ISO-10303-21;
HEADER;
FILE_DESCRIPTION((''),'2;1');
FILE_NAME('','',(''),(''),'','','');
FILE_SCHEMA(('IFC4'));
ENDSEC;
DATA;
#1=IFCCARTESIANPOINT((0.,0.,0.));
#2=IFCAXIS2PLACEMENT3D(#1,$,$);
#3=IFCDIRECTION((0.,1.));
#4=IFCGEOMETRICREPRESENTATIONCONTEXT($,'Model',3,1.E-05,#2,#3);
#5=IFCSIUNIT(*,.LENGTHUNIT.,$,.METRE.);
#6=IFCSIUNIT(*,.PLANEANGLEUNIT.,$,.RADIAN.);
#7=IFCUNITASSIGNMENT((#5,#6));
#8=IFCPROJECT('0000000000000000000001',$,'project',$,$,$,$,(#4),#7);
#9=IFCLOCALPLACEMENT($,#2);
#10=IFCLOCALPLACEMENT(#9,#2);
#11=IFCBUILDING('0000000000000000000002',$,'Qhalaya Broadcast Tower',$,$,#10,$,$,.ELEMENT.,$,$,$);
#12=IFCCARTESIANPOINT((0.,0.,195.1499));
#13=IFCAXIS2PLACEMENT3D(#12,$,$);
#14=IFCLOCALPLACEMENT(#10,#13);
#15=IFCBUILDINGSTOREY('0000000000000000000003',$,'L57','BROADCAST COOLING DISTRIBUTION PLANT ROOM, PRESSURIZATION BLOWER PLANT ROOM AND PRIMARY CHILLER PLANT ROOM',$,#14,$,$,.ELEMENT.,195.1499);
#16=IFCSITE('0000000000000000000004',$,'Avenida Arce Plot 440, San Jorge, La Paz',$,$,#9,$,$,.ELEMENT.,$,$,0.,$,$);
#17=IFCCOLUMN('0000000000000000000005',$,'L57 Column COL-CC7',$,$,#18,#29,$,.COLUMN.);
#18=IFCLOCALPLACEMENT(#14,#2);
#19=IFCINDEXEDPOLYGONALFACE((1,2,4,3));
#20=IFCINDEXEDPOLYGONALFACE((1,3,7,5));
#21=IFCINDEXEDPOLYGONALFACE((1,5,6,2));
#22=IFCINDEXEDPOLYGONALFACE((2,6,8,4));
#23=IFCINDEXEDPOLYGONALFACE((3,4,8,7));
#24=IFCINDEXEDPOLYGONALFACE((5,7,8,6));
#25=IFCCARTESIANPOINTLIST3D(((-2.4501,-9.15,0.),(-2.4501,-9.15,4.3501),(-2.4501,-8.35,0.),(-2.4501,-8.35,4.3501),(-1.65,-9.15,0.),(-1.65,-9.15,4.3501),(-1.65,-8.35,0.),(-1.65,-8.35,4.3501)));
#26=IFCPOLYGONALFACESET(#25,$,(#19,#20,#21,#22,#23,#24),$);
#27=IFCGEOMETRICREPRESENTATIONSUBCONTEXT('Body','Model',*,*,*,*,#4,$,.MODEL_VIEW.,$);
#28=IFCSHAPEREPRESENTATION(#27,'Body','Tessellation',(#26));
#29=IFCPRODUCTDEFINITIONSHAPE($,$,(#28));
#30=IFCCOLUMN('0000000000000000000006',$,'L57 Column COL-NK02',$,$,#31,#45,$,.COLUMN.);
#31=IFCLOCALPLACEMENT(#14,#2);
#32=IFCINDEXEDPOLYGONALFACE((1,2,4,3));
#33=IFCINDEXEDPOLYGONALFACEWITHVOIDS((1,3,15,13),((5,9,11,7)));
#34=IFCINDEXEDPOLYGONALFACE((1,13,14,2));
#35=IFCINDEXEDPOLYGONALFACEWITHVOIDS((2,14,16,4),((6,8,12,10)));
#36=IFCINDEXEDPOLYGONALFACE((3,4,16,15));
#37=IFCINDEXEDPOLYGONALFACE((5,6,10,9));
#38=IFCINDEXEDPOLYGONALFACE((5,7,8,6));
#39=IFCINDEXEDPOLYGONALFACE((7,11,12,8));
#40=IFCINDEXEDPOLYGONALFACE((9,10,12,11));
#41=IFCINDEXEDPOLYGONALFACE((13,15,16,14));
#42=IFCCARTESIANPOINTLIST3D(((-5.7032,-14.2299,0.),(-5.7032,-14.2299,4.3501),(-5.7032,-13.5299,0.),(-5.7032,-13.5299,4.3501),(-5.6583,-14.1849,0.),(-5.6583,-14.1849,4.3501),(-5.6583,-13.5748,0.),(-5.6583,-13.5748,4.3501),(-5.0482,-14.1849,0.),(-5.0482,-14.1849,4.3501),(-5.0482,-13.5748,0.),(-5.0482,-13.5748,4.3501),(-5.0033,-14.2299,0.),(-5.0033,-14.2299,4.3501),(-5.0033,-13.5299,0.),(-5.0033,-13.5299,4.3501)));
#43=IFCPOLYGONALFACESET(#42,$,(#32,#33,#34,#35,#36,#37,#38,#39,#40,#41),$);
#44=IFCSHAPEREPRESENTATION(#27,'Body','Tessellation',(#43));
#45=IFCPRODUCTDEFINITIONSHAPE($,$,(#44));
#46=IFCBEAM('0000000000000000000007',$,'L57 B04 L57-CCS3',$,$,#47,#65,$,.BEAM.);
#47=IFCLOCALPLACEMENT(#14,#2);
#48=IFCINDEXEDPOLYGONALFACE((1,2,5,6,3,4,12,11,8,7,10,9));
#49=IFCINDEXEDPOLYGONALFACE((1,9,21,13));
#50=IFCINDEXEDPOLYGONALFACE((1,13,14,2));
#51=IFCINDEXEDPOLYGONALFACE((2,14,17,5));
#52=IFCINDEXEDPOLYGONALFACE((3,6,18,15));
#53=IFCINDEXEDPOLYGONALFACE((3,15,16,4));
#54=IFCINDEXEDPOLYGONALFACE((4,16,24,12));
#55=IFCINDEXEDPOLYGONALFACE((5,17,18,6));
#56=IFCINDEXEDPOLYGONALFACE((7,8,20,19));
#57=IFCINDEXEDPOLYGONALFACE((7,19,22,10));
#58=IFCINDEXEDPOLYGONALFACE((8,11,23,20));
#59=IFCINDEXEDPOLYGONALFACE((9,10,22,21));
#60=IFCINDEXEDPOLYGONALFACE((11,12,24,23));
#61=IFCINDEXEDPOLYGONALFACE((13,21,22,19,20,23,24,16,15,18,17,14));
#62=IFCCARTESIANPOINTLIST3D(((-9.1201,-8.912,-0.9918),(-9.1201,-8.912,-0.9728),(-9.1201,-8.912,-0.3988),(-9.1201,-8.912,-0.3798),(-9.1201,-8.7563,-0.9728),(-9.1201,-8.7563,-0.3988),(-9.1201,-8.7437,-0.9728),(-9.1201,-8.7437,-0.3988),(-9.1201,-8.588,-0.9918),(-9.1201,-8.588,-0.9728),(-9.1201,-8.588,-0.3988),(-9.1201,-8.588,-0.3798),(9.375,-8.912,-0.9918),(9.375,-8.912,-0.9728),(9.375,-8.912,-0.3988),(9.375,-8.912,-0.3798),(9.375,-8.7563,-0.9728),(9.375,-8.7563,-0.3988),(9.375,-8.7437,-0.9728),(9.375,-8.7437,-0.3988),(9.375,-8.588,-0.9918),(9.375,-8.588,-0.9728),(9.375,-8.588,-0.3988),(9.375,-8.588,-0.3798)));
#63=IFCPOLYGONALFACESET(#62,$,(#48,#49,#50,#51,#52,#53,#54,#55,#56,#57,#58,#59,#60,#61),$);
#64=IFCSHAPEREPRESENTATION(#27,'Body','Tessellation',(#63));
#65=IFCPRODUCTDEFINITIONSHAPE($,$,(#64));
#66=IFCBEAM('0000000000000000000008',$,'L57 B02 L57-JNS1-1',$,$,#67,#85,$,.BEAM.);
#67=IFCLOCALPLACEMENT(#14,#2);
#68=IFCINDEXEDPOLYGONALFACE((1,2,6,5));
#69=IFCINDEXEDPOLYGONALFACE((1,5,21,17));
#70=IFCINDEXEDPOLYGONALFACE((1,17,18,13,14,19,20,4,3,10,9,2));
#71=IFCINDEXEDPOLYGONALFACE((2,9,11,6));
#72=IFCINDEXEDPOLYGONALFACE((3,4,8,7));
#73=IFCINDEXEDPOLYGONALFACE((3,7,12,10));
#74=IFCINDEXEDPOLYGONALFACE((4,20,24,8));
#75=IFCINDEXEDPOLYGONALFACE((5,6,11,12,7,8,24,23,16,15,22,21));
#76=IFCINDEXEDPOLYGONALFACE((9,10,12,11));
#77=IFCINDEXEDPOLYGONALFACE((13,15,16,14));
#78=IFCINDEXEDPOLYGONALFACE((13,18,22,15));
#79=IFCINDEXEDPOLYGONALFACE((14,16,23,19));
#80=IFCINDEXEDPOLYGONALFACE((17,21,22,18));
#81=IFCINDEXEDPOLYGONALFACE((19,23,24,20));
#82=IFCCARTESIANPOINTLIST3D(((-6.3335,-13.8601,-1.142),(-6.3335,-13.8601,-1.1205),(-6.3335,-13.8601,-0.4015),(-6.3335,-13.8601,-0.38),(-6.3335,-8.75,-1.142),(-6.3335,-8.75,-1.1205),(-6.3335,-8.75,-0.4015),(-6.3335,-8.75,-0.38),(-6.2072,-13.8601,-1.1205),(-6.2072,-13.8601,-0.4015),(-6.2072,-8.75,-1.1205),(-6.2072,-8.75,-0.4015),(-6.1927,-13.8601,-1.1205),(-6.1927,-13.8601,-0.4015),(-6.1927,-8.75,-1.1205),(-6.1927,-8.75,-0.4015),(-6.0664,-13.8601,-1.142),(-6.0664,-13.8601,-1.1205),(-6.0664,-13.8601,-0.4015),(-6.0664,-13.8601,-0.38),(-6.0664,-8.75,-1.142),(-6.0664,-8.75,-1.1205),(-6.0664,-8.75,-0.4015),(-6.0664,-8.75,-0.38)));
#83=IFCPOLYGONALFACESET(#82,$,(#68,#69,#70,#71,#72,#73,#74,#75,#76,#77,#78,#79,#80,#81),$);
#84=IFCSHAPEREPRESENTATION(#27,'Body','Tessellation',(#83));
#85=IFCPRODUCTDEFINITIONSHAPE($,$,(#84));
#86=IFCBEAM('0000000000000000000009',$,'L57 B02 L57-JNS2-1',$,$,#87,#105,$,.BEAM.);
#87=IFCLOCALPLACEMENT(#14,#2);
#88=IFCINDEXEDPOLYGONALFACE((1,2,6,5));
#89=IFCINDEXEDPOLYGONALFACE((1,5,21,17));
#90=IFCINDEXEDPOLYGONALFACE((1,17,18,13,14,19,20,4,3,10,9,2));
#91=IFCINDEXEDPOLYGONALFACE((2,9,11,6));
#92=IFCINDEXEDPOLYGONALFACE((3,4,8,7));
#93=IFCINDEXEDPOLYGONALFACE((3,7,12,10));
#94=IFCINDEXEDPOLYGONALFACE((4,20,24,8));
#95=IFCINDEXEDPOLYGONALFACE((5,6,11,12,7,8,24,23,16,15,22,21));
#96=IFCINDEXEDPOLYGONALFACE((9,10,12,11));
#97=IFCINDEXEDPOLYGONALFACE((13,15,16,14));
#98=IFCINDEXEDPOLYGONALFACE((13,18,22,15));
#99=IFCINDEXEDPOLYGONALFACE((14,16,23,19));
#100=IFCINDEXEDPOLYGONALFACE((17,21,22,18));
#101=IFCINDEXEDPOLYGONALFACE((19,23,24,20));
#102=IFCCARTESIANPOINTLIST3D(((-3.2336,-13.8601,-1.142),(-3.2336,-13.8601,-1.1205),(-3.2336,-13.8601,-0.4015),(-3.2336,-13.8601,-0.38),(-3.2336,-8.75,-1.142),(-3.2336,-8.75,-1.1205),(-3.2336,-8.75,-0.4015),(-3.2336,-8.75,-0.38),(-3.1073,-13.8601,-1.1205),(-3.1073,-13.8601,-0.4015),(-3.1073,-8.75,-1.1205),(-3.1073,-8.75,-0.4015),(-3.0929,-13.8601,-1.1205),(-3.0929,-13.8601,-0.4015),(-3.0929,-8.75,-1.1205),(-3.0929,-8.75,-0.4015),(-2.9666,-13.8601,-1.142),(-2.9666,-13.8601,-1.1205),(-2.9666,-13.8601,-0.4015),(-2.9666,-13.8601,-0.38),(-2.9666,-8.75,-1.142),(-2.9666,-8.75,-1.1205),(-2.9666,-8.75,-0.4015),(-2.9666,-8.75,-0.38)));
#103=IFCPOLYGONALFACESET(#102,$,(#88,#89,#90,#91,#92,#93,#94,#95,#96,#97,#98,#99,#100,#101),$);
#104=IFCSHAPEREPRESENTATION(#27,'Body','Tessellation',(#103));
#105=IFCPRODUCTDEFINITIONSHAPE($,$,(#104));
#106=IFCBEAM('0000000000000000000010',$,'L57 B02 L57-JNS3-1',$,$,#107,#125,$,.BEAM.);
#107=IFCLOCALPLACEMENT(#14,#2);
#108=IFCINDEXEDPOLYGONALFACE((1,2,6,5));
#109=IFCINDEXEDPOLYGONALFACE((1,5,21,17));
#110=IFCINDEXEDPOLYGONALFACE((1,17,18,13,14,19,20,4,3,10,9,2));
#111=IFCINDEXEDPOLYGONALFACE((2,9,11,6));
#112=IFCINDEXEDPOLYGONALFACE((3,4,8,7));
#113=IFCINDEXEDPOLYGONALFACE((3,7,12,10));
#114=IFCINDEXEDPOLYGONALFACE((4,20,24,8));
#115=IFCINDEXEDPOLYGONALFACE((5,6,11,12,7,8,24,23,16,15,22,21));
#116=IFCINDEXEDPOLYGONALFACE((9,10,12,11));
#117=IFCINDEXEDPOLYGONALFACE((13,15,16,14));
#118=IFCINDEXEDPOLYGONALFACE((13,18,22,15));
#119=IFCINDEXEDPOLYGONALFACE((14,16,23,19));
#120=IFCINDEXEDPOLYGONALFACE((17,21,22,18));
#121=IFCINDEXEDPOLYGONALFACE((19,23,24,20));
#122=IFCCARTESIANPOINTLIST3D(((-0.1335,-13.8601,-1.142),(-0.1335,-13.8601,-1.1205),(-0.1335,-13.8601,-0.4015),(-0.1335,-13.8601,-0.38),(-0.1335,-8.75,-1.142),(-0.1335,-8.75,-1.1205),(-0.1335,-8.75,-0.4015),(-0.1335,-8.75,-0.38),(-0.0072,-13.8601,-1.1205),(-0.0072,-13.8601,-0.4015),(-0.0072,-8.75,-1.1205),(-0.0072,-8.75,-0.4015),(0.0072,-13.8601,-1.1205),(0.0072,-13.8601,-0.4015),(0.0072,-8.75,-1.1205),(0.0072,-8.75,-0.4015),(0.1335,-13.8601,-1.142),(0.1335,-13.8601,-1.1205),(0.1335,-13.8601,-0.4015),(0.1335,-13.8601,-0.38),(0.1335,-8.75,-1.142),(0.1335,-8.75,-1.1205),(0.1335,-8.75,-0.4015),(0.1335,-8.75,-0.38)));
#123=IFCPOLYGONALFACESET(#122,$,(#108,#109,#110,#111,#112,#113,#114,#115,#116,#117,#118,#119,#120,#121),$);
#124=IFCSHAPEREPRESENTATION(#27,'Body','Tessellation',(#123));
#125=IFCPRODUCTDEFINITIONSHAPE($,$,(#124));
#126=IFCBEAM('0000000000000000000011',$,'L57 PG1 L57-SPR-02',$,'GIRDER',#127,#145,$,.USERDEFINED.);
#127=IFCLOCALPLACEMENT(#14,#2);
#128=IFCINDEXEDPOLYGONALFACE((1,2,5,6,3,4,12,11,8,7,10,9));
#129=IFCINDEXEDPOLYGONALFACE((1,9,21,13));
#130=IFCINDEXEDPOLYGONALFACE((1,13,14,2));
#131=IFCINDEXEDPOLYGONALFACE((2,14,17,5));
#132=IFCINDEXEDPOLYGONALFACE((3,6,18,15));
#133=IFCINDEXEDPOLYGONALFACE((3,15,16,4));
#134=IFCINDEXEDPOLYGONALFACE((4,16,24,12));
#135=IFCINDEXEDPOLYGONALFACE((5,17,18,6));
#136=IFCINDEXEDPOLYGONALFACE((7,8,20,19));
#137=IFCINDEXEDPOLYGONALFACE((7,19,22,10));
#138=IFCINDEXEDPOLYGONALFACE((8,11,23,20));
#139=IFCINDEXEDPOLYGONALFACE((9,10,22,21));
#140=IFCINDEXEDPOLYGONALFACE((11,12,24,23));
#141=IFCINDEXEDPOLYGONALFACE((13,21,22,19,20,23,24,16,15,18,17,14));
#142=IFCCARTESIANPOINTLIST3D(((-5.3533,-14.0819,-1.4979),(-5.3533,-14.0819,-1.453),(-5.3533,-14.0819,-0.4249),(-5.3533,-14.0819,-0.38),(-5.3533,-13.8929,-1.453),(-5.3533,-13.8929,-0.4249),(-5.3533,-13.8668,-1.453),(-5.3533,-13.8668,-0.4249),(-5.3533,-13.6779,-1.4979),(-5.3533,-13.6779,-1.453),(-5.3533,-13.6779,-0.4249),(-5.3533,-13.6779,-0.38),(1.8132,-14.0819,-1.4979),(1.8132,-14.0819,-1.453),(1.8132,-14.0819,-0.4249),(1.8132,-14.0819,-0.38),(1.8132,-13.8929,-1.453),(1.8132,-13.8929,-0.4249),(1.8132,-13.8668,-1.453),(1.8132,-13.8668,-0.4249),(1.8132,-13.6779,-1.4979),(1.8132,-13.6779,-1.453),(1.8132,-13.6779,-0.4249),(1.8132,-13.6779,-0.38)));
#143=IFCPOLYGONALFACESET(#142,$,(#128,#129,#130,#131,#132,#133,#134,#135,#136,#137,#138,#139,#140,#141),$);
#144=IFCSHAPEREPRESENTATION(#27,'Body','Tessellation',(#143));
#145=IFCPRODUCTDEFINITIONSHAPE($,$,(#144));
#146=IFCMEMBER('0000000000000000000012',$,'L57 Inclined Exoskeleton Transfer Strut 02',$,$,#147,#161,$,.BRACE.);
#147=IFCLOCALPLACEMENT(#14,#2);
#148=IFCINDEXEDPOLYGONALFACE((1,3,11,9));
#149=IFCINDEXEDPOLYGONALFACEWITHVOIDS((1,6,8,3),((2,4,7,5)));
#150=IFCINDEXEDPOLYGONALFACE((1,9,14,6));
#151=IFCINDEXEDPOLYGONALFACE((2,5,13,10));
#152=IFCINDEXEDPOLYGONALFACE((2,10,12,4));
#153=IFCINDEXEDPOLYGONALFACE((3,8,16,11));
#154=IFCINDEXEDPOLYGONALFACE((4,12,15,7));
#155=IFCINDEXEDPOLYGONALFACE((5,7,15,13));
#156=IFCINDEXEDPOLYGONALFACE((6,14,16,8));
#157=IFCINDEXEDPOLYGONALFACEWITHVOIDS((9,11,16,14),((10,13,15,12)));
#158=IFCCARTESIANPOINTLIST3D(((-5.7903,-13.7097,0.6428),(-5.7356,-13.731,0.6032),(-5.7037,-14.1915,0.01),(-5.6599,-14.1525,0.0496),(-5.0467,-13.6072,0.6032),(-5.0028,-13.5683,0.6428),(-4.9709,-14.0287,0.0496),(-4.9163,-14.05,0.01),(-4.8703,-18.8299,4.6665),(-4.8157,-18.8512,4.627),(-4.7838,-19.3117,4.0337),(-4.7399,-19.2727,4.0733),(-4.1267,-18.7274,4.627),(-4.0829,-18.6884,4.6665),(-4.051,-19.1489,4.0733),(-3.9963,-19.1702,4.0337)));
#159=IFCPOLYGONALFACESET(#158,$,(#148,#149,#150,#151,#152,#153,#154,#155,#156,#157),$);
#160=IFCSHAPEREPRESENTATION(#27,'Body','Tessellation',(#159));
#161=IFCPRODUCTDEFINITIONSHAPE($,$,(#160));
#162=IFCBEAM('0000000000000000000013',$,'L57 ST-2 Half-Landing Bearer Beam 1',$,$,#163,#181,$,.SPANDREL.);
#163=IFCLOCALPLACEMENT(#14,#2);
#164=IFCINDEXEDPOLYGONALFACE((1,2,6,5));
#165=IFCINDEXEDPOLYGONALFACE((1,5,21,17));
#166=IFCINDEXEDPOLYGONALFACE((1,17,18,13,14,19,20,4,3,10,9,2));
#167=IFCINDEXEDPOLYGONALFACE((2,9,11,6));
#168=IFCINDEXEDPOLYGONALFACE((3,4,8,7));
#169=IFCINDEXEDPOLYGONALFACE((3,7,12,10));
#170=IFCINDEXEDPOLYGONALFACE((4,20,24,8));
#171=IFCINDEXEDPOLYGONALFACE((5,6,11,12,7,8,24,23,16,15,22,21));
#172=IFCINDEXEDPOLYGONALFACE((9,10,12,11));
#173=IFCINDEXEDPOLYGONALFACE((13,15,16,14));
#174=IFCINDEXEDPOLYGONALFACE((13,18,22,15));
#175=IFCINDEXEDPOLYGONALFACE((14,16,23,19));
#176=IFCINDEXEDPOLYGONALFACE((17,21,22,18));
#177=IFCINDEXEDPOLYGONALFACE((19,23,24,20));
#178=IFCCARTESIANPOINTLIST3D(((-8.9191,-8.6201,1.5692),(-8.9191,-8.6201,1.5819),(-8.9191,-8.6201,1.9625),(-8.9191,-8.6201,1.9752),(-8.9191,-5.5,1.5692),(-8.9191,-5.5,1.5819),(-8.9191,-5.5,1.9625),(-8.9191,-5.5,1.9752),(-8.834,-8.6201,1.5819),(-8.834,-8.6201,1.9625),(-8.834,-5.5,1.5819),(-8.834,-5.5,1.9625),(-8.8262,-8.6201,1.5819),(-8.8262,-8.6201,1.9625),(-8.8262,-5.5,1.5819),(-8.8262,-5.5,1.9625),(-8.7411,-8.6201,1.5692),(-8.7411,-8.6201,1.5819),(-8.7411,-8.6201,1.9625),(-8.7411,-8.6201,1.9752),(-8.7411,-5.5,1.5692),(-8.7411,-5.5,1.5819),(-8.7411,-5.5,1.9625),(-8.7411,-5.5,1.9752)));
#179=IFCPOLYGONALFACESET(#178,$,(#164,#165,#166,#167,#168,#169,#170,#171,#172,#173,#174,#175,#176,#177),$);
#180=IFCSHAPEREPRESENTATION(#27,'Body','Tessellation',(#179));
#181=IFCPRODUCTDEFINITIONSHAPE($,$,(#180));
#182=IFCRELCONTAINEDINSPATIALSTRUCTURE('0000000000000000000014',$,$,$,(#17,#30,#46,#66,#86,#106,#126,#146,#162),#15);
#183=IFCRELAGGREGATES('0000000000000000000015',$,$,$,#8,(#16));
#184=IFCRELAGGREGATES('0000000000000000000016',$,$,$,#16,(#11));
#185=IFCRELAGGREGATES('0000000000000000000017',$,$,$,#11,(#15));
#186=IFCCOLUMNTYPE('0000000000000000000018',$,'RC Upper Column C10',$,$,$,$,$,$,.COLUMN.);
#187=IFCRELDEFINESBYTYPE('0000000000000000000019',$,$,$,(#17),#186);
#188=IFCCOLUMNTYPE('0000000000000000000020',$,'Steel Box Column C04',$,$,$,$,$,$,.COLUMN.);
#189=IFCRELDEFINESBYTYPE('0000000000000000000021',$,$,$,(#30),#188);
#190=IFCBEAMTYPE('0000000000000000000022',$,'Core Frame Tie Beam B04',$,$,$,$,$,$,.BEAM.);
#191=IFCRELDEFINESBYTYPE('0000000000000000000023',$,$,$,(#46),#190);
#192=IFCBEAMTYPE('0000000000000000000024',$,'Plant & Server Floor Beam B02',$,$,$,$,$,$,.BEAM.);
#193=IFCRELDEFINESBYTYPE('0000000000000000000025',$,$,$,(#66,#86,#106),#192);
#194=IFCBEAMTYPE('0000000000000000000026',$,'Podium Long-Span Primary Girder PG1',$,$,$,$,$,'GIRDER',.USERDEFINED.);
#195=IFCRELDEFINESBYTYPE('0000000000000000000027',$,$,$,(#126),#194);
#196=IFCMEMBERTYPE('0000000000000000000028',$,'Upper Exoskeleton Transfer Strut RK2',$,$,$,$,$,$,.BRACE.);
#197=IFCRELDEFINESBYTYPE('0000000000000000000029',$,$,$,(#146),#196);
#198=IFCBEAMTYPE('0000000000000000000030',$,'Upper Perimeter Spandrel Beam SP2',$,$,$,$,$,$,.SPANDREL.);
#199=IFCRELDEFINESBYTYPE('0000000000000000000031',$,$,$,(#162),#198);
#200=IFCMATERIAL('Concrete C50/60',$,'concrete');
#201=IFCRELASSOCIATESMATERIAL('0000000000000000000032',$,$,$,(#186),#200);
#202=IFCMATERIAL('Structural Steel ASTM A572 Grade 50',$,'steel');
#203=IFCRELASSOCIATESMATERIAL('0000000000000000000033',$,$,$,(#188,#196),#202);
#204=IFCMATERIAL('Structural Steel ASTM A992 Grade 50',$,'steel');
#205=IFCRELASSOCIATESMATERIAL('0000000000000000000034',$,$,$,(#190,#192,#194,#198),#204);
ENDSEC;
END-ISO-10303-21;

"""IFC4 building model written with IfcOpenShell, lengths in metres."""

from ifc_helpers import new_model, si_unit, direction, frame, origin, origin_2d, place, context, subcontext, project, spatial, rectangle, hollow_rectangle, i_section, extrude, material, material_profile, profile_set, type_object, element, save


model = new_model("IFC4")

# Units and contexts
model_context = context("Model", 3, precision=1e-05, world=origin(), true_north=direction((0.0, 1.0)))
body_context = subcontext(model_context, "Body", "Model", "MODEL_VIEW")
ifc_project = project(units=[si_unit("LENGTHUNIT", "METRE"), si_unit("PLANEANGLEUNIT", "RADIAN")], contexts=[model_context])

# Site, building, storey
site_placement = place(None, origin())
site = spatial("IfcSite", under=ifc_project, at=site_placement, Name="Avenida Arce Plot 440, San Jorge, La Paz", CompositionType="ELEMENT", RefElevation=0.0)
building_placement = place(site_placement, origin())
building = spatial("IfcBuilding", under=site, at=building_placement, Name="Qhalaya Broadcast Tower", CompositionType="ELEMENT")
storey_placement = place(building_placement, frame((0.0, 0.0, 195.1499)))
storey = spatial("IfcBuildingStorey", under=building, at=storey_placement, Name="L57", Description="BROADCAST COOLING DISTRIBUTION PLANT ROOM, PRESSURIZATION BLOWER PLANT ROOM AND PRIMARY CHILLER PLANT ROOM", CompositionType="ELEMENT", Elevation=195.1499)

# Columns
ifc_material_1 = material(Name="Concrete C50/60", Category="concrete")
ifc_material_profile_1 = material_profile(ifc_material_1, rectangle(XDim=0.8, YDim=0.8, at=origin_2d()), Name="RC-COL 800x800")
ifc_profile_set_1 = profile_set([ifc_material_profile_1], Name="Concrete C50/60")
column_type_1 = type_object("IfcColumnType", Name="RC Upper Column C10", PredefinedType="COLUMN", material=ifc_profile_set_1)
column_1_placement = place(storey_placement, frame((-2.05, -8.75, 0.0), z_axis=(0.0, 0.0, 1.0), x_axis=(1.0, 0.0, 0.0)))
element("IfcColumn", 1, at=column_1_placement, inside=storey, type_object=column_type_1, Name="L57 Column COL-CC7", PredefinedType="COLUMN", context=body_context, shape_type="SweptSolid", body=[
    extrude(rectangle(XDim=0.8, YDim=0.8, at=origin_2d()), origin(), (0.0, 0.0, 1.0), 4.3501),
])
ifc_material_2 = material(Name="Structural Steel ASTM A572 Grade 50", Category="steel")
ifc_material_profile_2 = material_profile(ifc_material_2, hollow_rectangle(XDim=0.7, YDim=0.7, WallThickness=0.0449, at=origin_2d()), Name="BOX 700x700x45")
ifc_profile_set_2 = profile_set([ifc_material_profile_2], Name="Structural Steel ASTM A572 Grade 50")
column_type_2 = type_object("IfcColumnType", Name="Steel Box Column C04", PredefinedType="COLUMN", material=ifc_profile_set_2)
column_2_placement = place(storey_placement, frame((-5.3533, -13.8799, 0.0), z_axis=(0.0, 0.0, 1.0), x_axis=(1.0, 0.0, 0.0)))
element("IfcColumn", 2, at=column_2_placement, inside=storey, type_object=column_type_2, Name="L57 Column COL-NK02", PredefinedType="COLUMN", context=body_context, shape_type="SweptSolid", body=[
    extrude(hollow_rectangle(XDim=0.7, YDim=0.7, WallThickness=0.0449, at=origin_2d()), origin(), (0.0, 0.0, 1.0), 4.3501),
])

# Beams
ifc_material_3 = material(Name="Structural Steel ASTM A992 Grade 50", Category="steel")
ifc_material_profile_3 = material_profile(ifc_material_3, i_section(OverallWidth=0.324, OverallDepth=0.6121, WebThickness=0.0127, FlangeThickness=0.019, at=origin_2d()), Name="W24X104")
ifc_profile_set_3 = profile_set([ifc_material_profile_3], Name="Structural Steel ASTM A992 Grade 50")
beam_type_1 = type_object("IfcBeamType", Name="Core Frame Tie Beam B04", PredefinedType="BEAM", material=ifc_profile_set_3)
beam_1_placement = place(storey_placement, frame((-9.1201, -8.75, -0.6858), z_axis=(1.0, 0.0, 0.0), x_axis=(0.0, 1.0, 0.0)))
element("IfcBeam", 3, at=beam_1_placement, inside=storey, type_object=beam_type_1, Name="L57 B04 L57-CCS3", PredefinedType="BEAM", context=body_context, shape_type="SweptSolid", body=[
    extrude(i_section(OverallWidth=0.324, OverallDepth=0.6121, WebThickness=0.0127, FlangeThickness=0.019, at=origin_2d()), origin(), (0.0, 0.0, 1.0), 18.4951),
])
ifc_material_profile_4 = material_profile(ifc_material_3, i_section(OverallWidth=0.2671, OverallDepth=0.762, WebThickness=0.0144, FlangeThickness=0.0215, at=origin_2d()), Name="W30X116")
ifc_profile_set_4 = profile_set([ifc_material_profile_4], Name="Structural Steel ASTM A992 Grade 50")
beam_type_2 = type_object("IfcBeamType", Name="Plant & Server Floor Beam B02", PredefinedType="BEAM", material=ifc_profile_set_4)
for number, where, z_axis, x_axis, name in (
    (4, (-6.2, -13.8601, -0.761), (0.0, 1.0, 0.0), (-1.0, 0.0, 0.0), "L57 B02 L57-JNS1-1"),
    (5, (-3.1001, -13.8601, -0.761), (0.0, 1.0, 0.0), (-1.0, 0.0, 0.0), "L57 B02 L57-JNS2-1"),
    (6, (0.0, -13.8601, -0.761), (0.0, 1.0, 0.0), (-1.0, 0.0, 0.0), "L57 B02 L57-JNS3-1"),
):
    element("IfcBeam", number, at=place(storey_placement, frame(where, z_axis=z_axis, x_axis=x_axis)), inside=storey, type_object=beam_type_2, Name=name, PredefinedType="BEAM", context=body_context, shape_type="SweptSolid", body=[
        extrude(i_section(OverallWidth=0.2671, OverallDepth=0.762, WebThickness=0.0144, FlangeThickness=0.0215, at=origin_2d()), origin(), (0.0, 0.0, 1.0), 5.1101),
    ])
ifc_material_profile_5 = material_profile(ifc_material_3, i_section(OverallWidth=0.4041, OverallDepth=1.1179, WebThickness=0.0261, FlangeThickness=0.0449, at=origin_2d()), Name="W44X335")
ifc_profile_set_5 = profile_set([ifc_material_profile_5], Name="Structural Steel ASTM A992 Grade 50")
beam_type_3 = type_object("IfcBeamType", Name="Podium Long-Span Primary Girder PG1", ElementType="GIRDER", PredefinedType="USERDEFINED", material=ifc_profile_set_5)
beam_2_placement = place(storey_placement, frame((-5.3533, -13.8799, -0.939), z_axis=(1.0, 0.0, 0.0), x_axis=(0.0, 1.0, 0.0)))
element("IfcBeam", 7, at=beam_2_placement, inside=storey, type_object=beam_type_3, Name="L57 PG1 L57-SPR-02", ObjectType="GIRDER", PredefinedType="USERDEFINED", context=body_context, shape_type="SweptSolid", body=[
    extrude(i_section(OverallWidth=0.4041, OverallDepth=1.1179, WebThickness=0.0261, FlangeThickness=0.0449, at=origin_2d()), origin(), (0.0, 0.0, 1.0), 7.1665),
])

# Member
ifc_material_profile_6 = material_profile(ifc_material_2, hollow_rectangle(XDim=0.8, YDim=0.8, WallThickness=0.05, at=origin_2d()), Name="BOX 800x800x50")
ifc_profile_set_6 = profile_set([ifc_material_profile_6], Name="Structural Steel ASTM A572 Grade 50")
member_type = type_object("IfcMemberType", Name="Upper Exoskeleton Transfer Strut RK2", PredefinedType="BRACE", material=ifc_profile_set_6)
member_placement = place(storey_placement, frame((-5.3533, -13.8799, 0.3264), z_axis=(0.139878, -0.778534, 0.611816), x_axis=(0.98424, 0.176837, 0.0)))
element("IfcMember", 8, at=member_placement, inside=storey, type_object=member_type, Name="L57 Inclined Exoskeleton Transfer Strut 02", PredefinedType="BRACE", context=body_context, shape_type="SweptSolid", body=[
    extrude(hollow_rectangle(XDim=0.8, YDim=0.8, WallThickness=0.05, at=origin_2d()), origin(), (0.0, 0.0, 1.0), 6.5767),
])

# Beam
ifc_material_profile_7 = material_profile(ifc_material_3, i_section(OverallWidth=0.178, OverallDepth=0.406, WebThickness=0.0078, FlangeThickness=0.0127, at=origin_2d()), Name="W16X40")
ifc_profile_set_7 = profile_set([ifc_material_profile_7], Name="Structural Steel ASTM A992 Grade 50")
beam_type_4 = type_object("IfcBeamType", Name="Upper Perimeter Spandrel Beam SP2", PredefinedType="SPANDREL", material=ifc_profile_set_7)
for number, where, z_axis, x_axis, name in (
    (9, (-8.8301, -8.6201, 1.7722), (0.0, 1.0, 0.0), (-1.0, 0.0, 0.0), "L57 ST-2 Half-Landing Bearer Beam 1"),
):
    element("IfcBeam", number, at=place(storey_placement, frame(where, z_axis=z_axis, x_axis=x_axis)), inside=storey, type_object=beam_type_4, Name=name, PredefinedType="SPANDREL", context=body_context, shape_type="SweptSolid", body=[
        extrude(i_section(OverallWidth=0.178, OverallDepth=0.406, WebThickness=0.0078, FlangeThickness=0.0127, at=origin_2d()), origin(), (0.0, 0.0, 1.0), 3.1201),
    ])

save(model, "model.ifc")
